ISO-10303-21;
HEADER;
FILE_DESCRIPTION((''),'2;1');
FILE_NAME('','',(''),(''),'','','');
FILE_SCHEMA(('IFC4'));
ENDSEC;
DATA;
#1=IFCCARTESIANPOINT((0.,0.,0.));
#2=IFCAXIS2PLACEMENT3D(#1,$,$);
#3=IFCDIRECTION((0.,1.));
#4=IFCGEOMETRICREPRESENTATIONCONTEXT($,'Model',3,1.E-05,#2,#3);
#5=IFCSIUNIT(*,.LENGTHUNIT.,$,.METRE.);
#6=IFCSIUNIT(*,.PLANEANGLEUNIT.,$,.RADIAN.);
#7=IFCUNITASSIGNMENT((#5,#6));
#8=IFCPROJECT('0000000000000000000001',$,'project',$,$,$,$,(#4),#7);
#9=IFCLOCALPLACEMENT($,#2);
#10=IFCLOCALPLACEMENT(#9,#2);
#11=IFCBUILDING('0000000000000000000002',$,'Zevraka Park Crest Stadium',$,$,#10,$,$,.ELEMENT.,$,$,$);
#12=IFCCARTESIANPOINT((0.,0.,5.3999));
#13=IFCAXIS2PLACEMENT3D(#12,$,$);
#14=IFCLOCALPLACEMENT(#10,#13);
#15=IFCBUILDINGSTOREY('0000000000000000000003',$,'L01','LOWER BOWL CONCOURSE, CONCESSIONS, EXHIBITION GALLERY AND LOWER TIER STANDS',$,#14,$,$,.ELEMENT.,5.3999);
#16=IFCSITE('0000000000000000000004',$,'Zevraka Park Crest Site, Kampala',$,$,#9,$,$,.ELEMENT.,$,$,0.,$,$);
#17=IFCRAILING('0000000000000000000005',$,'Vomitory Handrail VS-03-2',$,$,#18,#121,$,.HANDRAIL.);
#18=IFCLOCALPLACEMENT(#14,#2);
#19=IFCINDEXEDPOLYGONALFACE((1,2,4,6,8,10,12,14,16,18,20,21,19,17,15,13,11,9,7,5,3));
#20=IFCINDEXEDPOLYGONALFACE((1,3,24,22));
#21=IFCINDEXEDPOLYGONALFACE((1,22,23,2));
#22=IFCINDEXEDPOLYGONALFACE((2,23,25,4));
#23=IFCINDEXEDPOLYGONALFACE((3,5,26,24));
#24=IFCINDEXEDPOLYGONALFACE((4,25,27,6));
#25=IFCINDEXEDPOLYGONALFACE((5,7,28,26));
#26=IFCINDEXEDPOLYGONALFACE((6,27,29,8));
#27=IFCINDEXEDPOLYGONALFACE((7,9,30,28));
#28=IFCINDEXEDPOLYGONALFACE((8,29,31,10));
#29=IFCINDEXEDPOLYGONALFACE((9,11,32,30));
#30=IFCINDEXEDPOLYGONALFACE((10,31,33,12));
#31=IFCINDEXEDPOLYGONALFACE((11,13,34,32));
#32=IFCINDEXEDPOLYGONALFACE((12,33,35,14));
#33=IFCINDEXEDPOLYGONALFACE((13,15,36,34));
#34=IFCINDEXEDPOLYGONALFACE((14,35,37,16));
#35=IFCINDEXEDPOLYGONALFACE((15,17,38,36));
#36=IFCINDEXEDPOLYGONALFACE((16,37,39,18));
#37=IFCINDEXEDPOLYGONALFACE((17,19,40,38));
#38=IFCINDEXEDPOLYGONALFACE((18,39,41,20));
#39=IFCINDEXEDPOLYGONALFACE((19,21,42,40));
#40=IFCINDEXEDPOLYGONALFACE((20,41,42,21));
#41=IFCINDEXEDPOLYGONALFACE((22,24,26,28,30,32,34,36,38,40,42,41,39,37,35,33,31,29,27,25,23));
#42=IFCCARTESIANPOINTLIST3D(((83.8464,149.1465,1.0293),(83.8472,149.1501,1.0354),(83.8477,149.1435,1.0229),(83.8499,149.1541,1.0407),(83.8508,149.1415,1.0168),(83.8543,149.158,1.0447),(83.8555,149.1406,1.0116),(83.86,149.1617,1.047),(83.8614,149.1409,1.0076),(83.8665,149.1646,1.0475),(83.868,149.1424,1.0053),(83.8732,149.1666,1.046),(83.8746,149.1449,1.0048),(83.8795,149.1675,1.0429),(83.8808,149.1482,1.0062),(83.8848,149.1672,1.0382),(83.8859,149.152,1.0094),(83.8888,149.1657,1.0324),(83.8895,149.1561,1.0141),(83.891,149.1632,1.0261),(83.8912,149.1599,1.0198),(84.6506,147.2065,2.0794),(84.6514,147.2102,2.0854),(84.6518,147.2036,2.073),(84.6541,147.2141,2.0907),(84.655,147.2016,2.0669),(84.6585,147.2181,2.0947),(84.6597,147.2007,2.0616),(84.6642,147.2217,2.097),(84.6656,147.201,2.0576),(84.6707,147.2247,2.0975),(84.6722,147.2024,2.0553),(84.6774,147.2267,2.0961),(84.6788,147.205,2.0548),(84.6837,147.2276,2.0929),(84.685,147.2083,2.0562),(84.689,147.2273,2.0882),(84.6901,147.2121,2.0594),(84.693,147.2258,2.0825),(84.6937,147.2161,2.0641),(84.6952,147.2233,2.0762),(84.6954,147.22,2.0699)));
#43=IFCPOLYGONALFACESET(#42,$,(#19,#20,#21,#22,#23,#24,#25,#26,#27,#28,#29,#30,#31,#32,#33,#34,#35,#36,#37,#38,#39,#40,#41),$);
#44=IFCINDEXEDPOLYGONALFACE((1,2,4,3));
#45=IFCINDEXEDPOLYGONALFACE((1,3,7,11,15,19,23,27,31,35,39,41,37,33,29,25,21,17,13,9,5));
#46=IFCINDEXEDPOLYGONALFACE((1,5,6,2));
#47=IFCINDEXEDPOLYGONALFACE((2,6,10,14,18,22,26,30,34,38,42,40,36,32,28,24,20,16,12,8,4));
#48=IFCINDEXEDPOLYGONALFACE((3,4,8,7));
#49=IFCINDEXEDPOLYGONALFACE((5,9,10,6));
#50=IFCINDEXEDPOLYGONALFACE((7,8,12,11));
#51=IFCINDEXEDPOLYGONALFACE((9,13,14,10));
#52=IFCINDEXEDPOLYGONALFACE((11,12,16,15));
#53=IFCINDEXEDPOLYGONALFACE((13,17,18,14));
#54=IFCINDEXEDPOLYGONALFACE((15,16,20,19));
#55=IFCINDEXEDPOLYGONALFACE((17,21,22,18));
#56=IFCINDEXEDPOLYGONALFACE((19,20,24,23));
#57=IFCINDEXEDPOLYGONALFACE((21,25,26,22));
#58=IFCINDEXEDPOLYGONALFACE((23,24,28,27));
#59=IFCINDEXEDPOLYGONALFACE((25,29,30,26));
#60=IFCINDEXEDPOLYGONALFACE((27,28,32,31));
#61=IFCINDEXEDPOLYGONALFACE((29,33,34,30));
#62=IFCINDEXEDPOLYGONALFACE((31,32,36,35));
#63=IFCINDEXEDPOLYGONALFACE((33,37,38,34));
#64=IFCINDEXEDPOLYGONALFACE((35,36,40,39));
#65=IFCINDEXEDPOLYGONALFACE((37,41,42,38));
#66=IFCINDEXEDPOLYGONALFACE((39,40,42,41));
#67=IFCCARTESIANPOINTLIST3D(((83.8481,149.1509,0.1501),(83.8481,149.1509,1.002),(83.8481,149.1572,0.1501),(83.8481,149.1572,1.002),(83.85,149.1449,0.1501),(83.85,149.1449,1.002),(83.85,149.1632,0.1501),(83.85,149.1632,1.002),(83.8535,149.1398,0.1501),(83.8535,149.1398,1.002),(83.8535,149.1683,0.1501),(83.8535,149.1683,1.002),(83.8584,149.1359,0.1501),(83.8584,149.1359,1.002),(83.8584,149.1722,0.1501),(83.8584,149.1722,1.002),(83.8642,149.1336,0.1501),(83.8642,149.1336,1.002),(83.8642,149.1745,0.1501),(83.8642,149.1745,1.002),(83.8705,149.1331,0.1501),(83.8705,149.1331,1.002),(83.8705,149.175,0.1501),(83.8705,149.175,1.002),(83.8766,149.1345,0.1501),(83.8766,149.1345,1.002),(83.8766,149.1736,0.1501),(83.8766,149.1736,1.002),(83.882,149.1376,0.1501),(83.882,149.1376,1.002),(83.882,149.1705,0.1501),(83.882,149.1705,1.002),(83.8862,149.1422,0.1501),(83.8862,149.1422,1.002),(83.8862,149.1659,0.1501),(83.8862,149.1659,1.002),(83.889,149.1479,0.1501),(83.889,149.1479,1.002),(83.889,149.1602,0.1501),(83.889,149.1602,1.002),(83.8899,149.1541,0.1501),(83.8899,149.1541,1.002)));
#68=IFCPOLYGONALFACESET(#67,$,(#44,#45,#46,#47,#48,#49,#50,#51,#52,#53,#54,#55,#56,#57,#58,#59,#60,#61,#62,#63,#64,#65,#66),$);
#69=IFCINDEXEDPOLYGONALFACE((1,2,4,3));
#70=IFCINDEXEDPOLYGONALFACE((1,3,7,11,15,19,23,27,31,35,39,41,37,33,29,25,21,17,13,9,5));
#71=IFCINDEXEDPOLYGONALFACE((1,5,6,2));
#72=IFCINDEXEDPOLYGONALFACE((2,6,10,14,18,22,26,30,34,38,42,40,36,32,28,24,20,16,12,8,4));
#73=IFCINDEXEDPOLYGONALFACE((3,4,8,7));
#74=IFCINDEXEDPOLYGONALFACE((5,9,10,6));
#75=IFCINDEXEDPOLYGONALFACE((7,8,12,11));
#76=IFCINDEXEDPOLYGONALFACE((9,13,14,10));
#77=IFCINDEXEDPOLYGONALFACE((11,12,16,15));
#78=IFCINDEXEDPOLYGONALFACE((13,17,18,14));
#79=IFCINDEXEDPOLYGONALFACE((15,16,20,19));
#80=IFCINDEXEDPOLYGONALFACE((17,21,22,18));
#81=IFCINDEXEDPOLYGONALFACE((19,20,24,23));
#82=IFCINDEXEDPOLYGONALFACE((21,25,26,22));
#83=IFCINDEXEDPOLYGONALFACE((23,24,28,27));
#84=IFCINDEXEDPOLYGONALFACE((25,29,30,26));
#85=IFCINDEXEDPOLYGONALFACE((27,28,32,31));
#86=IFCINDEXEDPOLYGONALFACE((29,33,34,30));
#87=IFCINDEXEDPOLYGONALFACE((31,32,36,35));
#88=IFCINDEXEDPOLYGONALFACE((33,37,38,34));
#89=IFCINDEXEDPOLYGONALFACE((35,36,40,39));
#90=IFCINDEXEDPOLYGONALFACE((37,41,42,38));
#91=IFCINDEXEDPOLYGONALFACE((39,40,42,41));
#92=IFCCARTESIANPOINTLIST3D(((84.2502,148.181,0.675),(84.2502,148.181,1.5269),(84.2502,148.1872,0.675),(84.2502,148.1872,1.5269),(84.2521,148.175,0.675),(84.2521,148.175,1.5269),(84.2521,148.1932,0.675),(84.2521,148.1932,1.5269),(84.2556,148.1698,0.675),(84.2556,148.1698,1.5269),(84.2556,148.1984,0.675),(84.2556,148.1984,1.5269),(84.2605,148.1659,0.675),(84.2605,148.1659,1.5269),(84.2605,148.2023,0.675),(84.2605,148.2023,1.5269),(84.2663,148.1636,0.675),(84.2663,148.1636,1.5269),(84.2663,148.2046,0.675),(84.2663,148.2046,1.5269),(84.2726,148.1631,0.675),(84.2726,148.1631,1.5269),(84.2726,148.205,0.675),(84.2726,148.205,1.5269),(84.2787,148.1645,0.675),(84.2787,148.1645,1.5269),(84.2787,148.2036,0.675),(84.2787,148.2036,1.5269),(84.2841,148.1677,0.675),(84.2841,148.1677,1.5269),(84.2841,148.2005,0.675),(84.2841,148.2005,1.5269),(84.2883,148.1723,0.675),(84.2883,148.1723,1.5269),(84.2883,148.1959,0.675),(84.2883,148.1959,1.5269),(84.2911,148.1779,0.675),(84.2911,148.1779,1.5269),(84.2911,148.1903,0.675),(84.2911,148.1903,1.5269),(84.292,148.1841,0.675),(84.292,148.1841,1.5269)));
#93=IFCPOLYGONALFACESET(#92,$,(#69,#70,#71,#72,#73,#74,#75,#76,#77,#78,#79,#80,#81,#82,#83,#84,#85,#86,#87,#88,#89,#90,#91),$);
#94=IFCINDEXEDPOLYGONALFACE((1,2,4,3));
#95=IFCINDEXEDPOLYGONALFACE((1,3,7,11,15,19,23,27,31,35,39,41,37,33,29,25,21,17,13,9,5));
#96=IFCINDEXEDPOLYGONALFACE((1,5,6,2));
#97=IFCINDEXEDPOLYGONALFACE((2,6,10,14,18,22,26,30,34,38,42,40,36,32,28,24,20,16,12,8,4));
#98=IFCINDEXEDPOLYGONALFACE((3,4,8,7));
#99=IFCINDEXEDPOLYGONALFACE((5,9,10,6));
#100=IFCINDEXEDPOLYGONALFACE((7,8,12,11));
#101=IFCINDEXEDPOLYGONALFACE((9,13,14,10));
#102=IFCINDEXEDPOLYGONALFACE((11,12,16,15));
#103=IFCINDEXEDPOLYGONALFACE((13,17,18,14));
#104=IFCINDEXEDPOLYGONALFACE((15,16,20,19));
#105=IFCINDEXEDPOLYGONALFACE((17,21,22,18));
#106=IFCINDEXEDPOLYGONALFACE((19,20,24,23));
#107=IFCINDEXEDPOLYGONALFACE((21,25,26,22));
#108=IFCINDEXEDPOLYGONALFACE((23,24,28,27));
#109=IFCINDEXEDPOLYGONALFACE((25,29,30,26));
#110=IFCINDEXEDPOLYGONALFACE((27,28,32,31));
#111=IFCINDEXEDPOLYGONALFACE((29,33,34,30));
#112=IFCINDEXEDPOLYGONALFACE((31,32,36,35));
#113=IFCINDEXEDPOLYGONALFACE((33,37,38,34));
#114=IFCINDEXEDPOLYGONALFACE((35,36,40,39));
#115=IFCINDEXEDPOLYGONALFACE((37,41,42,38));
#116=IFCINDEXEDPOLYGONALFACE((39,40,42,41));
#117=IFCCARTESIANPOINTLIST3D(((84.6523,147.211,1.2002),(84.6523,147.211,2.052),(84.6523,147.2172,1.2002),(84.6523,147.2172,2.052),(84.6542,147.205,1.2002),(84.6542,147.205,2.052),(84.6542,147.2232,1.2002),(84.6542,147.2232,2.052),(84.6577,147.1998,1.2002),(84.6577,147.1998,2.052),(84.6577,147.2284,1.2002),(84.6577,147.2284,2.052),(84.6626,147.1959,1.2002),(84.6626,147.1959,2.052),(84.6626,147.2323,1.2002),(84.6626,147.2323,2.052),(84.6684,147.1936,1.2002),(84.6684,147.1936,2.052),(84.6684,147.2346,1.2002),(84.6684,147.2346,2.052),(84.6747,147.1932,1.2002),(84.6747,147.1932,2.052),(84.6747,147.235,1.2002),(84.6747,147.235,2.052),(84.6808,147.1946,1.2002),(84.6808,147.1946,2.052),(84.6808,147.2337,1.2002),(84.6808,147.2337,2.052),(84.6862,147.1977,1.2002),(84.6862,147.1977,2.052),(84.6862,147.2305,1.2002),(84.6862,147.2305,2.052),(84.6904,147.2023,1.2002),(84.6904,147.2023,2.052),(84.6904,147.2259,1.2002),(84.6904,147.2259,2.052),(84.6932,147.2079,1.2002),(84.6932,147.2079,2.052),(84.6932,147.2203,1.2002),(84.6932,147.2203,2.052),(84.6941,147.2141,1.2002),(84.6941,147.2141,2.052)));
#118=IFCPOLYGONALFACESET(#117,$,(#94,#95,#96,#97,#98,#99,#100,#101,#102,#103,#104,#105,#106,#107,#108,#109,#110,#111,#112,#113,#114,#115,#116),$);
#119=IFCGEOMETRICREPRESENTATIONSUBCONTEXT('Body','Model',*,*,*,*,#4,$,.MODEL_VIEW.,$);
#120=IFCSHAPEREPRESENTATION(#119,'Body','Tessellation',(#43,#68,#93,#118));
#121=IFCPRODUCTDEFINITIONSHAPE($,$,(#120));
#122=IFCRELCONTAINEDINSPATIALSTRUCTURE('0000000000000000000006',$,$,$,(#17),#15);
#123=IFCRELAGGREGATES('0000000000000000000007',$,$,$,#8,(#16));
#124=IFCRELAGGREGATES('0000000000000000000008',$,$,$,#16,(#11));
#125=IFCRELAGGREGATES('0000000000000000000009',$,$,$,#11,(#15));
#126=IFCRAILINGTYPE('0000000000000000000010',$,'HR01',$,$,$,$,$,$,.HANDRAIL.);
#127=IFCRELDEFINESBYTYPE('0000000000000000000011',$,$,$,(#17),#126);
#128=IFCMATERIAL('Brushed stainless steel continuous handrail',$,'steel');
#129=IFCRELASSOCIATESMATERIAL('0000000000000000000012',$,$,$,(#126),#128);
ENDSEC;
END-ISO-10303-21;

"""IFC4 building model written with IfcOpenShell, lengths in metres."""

from ifc_helpers import new_model, si_unit, direction, frame, origin, origin_2d, place, context, subcontext, project, spatial, circle, extrude, material, type_object, element, save


model = new_model("IFC4")

# Units and contexts
model_context = context("Model", 3, precision=1e-05, world=origin(), true_north=direction((0.0, 1.0)))
body_context = subcontext(model_context, "Body", "Model", "MODEL_VIEW")
ifc_project = project(units=[si_unit("LENGTHUNIT", "METRE"), si_unit("PLANEANGLEUNIT", "RADIAN")], contexts=[model_context])

# Site, building, storey
site_placement = place(None, origin())
site = spatial("IfcSite", under=ifc_project, at=site_placement, Name="Zevraka Park Crest Site, Kampala", CompositionType="ELEMENT", RefElevation=0.0)
building_placement = place(site_placement, origin())
building = spatial("IfcBuilding", under=site, at=building_placement, Name="Zevraka Park Crest Stadium", CompositionType="ELEMENT")
storey_placement = place(building_placement, frame((0.0, 0.0, 5.3999)))
storey = spatial("IfcBuildingStorey", under=building, at=storey_placement, Name="L01", Description="LOWER BOWL CONCOURSE, CONCESSIONS, EXHIBITION GALLERY AND LOWER TIER STANDS", CompositionType="ELEMENT", Elevation=5.3999)

# Railing
ifc_material_1 = material(Name="Brushed stainless steel continuous handrail", Category="steel")
railing_type_1 = type_object("IfcRailingType", Name="HR01", PredefinedType="HANDRAIL", material=ifc_material_1)
railing_1_placement = place(storey_placement, frame((83.8689, 149.1541, 0.1501)))
element("IfcRailing", 1, at=railing_1_placement, inside=storey, type_object=railing_type_1, Name="Vomitory Handrail VS-03-2", PredefinedType="HANDRAIL", context=body_context, shape_type="SweptSolid", body=[
    extrude(circle(Radius=0.0239, at=origin_2d()), frame((0.0, 0.0, 0.876), z_axis=(0.342516, -0.82624, 0.447226), x_axis=(0.92377, 0.382947, 0.0)), (0.0, 0.0, 1.0), 2.3479),
    extrude(circle(Radius=0.021, at=origin_2d()), origin(), (0.0, 0.0, 1.0), 0.8518),
    extrude(circle(Radius=0.021, at=origin_2d()), frame((0.4021, -0.97, 0.5249)), (0.0, 0.0, 1.0), 0.8518),
    extrude(circle(Radius=0.021, at=origin_2d()), frame((0.8042, -1.9399, 1.05)), (0.0, 0.0, 1.0), 0.8518),
])

save(model, "model.ifc")
